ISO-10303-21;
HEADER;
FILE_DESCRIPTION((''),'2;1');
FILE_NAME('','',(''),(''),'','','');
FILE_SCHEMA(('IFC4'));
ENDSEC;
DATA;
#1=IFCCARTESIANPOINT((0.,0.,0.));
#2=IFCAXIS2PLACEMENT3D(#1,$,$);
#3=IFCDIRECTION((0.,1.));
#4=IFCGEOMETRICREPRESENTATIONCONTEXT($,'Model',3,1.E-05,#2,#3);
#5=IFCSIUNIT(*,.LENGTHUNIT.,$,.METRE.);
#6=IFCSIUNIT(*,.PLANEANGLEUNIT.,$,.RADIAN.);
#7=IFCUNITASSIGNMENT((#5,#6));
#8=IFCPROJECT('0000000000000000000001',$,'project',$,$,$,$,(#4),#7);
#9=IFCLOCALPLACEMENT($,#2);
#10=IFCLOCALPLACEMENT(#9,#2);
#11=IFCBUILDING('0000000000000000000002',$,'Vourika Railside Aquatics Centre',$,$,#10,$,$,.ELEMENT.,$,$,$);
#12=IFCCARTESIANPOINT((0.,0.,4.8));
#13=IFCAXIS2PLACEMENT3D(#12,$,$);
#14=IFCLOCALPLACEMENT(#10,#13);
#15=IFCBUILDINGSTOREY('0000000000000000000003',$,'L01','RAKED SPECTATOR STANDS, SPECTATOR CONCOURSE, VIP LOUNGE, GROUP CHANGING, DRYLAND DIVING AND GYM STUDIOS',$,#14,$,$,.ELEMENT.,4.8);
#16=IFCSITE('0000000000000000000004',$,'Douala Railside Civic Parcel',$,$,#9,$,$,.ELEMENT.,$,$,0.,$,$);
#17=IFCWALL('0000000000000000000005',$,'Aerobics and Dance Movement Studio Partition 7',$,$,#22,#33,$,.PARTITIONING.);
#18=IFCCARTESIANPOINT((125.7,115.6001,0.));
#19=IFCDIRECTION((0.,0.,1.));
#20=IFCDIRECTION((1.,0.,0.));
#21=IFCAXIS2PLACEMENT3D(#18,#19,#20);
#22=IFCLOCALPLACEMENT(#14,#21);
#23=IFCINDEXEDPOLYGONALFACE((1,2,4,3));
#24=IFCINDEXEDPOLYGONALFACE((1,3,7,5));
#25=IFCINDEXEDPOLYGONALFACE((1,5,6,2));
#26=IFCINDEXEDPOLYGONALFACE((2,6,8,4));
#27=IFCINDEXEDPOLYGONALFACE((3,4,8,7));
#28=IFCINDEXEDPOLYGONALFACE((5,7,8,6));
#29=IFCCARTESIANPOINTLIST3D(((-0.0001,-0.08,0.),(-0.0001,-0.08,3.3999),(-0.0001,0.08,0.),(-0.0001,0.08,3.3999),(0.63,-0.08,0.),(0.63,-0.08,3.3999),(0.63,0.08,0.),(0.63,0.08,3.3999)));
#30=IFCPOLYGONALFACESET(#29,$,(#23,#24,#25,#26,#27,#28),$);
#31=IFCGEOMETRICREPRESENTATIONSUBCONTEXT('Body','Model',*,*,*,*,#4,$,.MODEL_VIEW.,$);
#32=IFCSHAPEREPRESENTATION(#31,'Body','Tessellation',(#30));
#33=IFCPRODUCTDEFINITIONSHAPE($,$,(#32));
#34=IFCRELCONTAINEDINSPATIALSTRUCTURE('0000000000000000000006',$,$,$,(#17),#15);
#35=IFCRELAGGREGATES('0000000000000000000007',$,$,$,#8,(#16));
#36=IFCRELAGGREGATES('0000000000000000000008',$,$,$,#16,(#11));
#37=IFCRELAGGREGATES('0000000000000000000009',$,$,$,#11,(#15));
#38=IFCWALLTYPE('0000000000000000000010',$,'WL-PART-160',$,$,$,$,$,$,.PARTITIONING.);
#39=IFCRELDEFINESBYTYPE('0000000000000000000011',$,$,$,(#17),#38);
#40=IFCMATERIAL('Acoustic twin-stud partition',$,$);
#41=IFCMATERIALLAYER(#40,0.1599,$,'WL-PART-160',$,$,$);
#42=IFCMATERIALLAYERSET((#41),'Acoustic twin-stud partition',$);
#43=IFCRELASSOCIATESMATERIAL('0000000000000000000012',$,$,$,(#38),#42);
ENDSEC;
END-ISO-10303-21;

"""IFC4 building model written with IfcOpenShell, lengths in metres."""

from ifc_helpers import new_model, si_unit, direction, frame, frame_2d, origin, place, context, subcontext, project, spatial, rectangle, extrude, material, layer, layer_set, type_object, element, save


model = new_model("IFC4")

# Units and contexts
model_context = context("Model", 3, precision=1e-05, world=origin(), true_north=direction((0.0, 1.0)))
body_context = subcontext(model_context, "Body", "Model", "MODEL_VIEW")
ifc_project = project(units=[si_unit("LENGTHUNIT", "METRE"), si_unit("PLANEANGLEUNIT", "RADIAN")], contexts=[model_context])

# Site, building, storey
site_placement = place(None, origin())
site = spatial("IfcSite", under=ifc_project, at=site_placement, Name="Douala Railside Civic Parcel", CompositionType="ELEMENT", RefElevation=0.0)
building_placement = place(site_placement, origin())
building = spatial("IfcBuilding", under=site, at=building_placement, Name="Vourika Railside Aquatics Centre", CompositionType="ELEMENT")
storey_placement = place(building_placement, frame((0.0, 0.0, 4.8)))
storey = spatial("IfcBuildingStorey", under=building, at=storey_placement, Name="L01", Description="RAKED SPECTATOR STANDS, SPECTATOR CONCOURSE, VIP LOUNGE, GROUP CHANGING, DRYLAND DIVING AND GYM STUDIOS", CompositionType="ELEMENT", Elevation=4.8)

# Wall
ifc_material_1 = material(Name="Acoustic twin-stud partition")
ifc_layer_1 = layer(ifc_material_1, 0.1599, Name="WL-PART-160")
ifc_layer_set_1 = layer_set([ifc_layer_1], Name="Acoustic twin-stud partition")
wall_type_1 = type_object("IfcWallType", Name="WL-PART-160", PredefinedType="PARTITIONING", material=ifc_layer_set_1)
wall_1_placement = place(storey_placement, frame((125.7, 115.6001, 0.0), z_axis=(0.0, 0.0, 1.0), x_axis=(1.0, 0.0, 0.0)))
element("IfcWall", 1, at=wall_1_placement, inside=storey, type_object=wall_type_1, Name="Aerobics and Dance Movement Studio Partition 7", PredefinedType="PARTITIONING", context=body_context, shape_type="SweptSolid", body=[
    extrude(rectangle(XDim=0.6301, YDim=0.1599, at=frame_2d((0.3149, 0.0))), origin(), (0.0, 0.0, 1.0), 3.3999),
])

save(model, "model.ifc")
